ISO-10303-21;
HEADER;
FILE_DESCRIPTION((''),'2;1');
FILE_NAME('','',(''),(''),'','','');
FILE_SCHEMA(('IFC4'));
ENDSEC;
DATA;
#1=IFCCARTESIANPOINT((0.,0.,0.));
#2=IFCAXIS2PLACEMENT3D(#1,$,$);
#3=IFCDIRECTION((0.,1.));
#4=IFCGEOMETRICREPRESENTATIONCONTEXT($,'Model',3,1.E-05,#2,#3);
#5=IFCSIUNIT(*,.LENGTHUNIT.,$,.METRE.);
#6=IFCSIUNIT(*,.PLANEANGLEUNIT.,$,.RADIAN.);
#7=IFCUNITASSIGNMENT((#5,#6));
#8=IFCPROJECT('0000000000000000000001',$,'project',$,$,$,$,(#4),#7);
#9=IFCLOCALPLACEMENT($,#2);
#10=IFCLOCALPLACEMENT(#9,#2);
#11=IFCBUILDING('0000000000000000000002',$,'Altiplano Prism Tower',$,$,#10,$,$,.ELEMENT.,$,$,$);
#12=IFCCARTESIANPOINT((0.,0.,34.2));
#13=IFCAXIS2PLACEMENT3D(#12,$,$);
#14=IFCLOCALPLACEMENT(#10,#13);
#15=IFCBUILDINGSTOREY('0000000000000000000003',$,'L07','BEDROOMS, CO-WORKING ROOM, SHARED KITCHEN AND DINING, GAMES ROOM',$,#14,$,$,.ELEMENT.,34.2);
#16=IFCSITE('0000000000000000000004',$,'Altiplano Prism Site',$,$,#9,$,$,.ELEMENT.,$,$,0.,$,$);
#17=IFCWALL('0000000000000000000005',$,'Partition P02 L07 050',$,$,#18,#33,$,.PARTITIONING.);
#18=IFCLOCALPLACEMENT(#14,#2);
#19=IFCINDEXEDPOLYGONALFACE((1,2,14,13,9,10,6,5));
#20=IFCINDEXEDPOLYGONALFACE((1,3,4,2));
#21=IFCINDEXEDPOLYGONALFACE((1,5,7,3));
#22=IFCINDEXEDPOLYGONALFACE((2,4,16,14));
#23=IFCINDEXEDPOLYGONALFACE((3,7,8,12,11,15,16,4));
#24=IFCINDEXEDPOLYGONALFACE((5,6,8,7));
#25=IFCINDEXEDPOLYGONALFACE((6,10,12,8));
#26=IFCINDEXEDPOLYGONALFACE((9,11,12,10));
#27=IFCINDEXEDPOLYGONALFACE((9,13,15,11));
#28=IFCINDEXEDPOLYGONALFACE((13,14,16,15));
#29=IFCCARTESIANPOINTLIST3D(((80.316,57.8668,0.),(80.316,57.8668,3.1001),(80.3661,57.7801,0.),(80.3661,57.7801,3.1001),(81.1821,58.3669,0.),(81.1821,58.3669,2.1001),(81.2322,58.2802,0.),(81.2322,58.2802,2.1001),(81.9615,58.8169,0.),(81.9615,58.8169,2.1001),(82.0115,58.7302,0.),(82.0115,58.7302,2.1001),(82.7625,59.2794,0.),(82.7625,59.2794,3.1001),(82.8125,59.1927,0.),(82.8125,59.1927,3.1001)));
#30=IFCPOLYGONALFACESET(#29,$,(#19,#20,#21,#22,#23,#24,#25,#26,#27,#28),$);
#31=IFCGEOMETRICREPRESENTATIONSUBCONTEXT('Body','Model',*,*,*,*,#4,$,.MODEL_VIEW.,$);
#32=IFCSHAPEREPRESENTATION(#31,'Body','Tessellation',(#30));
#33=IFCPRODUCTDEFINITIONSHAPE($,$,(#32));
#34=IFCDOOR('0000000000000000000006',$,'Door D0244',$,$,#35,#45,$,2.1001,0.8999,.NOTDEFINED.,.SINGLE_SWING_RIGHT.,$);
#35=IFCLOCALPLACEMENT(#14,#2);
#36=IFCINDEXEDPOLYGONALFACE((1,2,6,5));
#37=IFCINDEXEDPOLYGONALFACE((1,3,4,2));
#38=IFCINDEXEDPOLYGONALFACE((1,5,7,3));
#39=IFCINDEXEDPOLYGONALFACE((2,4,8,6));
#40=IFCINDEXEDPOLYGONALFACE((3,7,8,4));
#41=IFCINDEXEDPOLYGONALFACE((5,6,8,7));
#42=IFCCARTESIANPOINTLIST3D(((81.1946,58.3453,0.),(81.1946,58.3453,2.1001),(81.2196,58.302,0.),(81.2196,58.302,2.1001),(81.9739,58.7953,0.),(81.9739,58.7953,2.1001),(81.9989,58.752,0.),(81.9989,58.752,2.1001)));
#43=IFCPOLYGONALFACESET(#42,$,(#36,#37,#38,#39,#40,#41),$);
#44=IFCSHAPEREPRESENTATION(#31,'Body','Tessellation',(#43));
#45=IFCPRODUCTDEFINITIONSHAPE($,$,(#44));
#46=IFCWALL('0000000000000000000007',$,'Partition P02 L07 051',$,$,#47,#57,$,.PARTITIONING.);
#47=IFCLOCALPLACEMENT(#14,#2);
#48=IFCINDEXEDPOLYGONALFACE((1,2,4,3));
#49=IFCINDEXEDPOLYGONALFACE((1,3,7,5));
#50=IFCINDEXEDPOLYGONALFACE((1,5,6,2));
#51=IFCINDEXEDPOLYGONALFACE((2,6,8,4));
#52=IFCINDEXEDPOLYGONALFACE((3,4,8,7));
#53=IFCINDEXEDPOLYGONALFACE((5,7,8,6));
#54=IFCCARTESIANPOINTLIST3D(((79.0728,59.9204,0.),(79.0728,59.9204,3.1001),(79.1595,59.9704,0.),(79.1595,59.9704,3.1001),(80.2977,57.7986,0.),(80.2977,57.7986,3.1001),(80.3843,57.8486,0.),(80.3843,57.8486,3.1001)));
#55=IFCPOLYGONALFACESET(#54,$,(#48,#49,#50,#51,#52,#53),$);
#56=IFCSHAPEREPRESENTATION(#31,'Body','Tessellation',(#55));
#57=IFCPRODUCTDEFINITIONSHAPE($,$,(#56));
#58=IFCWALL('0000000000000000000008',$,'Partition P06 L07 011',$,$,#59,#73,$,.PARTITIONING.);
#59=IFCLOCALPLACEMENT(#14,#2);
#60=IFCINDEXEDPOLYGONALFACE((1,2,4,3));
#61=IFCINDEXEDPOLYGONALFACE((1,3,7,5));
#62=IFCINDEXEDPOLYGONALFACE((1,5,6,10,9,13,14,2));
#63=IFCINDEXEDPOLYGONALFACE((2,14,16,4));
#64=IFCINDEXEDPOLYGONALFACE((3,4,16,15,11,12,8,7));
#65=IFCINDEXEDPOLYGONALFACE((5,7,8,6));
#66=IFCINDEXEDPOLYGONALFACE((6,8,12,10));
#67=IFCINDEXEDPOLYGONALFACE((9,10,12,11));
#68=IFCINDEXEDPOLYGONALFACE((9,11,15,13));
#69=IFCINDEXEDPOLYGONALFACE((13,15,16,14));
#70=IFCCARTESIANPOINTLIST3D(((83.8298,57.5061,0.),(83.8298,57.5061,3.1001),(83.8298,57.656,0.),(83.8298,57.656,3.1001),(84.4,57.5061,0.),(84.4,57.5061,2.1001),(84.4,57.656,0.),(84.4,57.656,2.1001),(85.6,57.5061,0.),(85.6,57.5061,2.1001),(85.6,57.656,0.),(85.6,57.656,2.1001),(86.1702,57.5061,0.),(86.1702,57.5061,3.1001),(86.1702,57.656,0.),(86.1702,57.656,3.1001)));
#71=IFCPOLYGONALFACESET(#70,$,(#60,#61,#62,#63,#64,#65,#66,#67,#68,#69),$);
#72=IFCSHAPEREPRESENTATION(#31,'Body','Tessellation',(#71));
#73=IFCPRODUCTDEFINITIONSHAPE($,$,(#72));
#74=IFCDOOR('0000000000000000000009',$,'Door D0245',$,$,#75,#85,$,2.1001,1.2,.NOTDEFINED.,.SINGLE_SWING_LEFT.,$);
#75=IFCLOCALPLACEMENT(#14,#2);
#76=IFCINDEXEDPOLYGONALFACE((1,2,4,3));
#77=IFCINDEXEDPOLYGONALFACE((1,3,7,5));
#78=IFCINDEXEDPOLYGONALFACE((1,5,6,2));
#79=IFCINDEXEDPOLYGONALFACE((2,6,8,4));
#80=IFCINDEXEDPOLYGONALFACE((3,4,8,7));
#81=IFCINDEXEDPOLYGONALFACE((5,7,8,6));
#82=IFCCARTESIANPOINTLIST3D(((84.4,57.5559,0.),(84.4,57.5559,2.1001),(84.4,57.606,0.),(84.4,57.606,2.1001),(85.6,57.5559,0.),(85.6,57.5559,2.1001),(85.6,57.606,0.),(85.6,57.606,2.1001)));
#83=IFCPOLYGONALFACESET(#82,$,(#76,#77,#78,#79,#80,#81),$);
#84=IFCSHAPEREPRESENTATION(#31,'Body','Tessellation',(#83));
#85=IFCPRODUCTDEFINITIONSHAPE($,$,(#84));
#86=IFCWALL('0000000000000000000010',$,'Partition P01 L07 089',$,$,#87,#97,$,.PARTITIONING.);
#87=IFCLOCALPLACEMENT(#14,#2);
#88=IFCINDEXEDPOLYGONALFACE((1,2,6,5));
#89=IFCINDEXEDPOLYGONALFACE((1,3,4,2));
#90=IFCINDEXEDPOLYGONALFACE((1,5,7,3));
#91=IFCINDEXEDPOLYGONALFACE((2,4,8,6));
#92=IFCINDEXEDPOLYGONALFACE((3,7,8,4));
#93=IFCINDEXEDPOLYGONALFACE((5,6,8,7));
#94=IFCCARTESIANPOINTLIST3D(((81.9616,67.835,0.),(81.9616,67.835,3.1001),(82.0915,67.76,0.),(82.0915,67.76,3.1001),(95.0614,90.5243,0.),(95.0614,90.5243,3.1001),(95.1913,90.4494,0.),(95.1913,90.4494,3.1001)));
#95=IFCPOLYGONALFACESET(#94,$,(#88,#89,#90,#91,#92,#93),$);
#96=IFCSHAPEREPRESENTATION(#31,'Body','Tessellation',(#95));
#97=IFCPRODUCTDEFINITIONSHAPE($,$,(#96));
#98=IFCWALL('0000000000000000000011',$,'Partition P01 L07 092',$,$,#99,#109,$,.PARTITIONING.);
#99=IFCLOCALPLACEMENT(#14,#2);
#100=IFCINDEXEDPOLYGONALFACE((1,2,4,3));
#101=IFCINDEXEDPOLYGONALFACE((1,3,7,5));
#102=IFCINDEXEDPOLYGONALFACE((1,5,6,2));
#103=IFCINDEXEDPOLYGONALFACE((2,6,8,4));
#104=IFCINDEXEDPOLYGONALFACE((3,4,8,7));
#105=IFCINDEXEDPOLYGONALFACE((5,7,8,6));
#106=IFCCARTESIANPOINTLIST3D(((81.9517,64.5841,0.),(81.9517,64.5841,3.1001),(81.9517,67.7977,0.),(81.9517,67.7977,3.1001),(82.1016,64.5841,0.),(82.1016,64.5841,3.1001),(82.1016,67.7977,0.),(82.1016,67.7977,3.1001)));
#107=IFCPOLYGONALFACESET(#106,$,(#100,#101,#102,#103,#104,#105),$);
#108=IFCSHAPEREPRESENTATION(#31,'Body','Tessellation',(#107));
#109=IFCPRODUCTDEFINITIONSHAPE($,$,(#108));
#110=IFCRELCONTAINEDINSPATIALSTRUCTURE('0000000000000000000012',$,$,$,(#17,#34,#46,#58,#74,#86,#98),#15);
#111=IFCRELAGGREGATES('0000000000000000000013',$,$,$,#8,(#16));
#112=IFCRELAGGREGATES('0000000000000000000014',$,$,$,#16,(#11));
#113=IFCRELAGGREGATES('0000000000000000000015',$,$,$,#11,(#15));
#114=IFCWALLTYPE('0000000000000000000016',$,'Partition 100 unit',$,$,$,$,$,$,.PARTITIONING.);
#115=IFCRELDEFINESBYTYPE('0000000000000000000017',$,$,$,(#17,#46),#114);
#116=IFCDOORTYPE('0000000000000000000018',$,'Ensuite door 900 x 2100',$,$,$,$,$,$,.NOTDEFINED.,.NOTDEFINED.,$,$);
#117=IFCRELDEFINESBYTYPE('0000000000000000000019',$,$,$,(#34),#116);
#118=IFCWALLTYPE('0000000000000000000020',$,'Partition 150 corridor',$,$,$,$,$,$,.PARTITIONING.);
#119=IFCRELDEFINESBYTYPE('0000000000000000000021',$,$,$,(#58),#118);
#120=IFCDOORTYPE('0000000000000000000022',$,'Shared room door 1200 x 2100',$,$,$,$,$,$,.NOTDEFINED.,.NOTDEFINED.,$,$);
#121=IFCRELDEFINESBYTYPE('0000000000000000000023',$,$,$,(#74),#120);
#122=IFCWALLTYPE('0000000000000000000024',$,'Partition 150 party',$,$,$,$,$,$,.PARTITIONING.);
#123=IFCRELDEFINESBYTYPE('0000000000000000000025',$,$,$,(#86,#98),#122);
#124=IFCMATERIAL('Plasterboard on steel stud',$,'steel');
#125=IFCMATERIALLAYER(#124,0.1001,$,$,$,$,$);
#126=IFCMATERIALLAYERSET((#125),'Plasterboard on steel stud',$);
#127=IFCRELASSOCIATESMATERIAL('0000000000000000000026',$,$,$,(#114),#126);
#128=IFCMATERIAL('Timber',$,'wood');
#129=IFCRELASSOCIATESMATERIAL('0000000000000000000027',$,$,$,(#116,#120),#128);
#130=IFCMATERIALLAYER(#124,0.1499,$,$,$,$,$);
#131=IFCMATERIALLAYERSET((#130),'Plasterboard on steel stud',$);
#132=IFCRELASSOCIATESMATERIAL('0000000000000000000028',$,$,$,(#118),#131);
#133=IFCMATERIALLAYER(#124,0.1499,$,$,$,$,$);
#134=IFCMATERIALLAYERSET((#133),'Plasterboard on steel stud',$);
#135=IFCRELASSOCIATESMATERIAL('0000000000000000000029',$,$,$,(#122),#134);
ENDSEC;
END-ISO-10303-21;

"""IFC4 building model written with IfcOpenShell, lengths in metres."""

from ifc_helpers import new_model, si_unit, direction, frame, frame_2d, origin, place, context, subcontext, project, spatial, rectangle, extrude, material, layer, layer_set, type_object, element, fill, save


model = new_model("IFC4")

# Units and contexts
model_context = context("Model", 3, precision=1e-05, world=origin(), true_north=direction((0.0, 1.0)))
body_context = subcontext(model_context, "Body", "Model", "MODEL_VIEW")
ifc_project = project(units=[si_unit("LENGTHUNIT", "METRE"), si_unit("PLANEANGLEUNIT", "RADIAN")], contexts=[model_context])

# Site, building, storey
site_placement = place(None, origin())
site = spatial("IfcSite", under=ifc_project, at=site_placement, Name="Altiplano Prism Site", CompositionType="ELEMENT", RefElevation=0.0)
building_placement = place(site_placement, origin())
building = spatial("IfcBuilding", under=site, at=building_placement, Name="Altiplano Prism Tower", CompositionType="ELEMENT")
storey_placement = place(building_placement, frame((0.0, 0.0, 34.2)))
storey = spatial("IfcBuildingStorey", under=building, at=storey_placement, Name="L07", Description="BEDROOMS, CO-WORKING ROOM, SHARED KITCHEN AND DINING, GAMES ROOM", CompositionType="ELEMENT", Elevation=34.2)

# Wall, opening, door
ifc_material_1 = material(Name="Plasterboard on steel stud", Category="steel")
ifc_layer_1 = layer(ifc_material_1, 0.1001)
ifc_layer_set_1 = layer_set([ifc_layer_1], Name="Plasterboard on steel stud")
wall_type_1 = type_object("IfcWallType", Name="Partition 100 unit", PredefinedType="PARTITIONING", material=ifc_layer_set_1)
wall_1_placement = place(storey_placement, frame((82.7876, 59.2361, 0.0), z_axis=(0.0, 0.0, 1.0), x_axis=(-0.866011, -0.500024, 0.0)))
wall_1 = element("IfcWall", 1, at=wall_1_placement, inside=storey, type_object=wall_type_1, Name="Partition P02 L07 050", PredefinedType="PARTITIONING", context=body_context, shape_type="SweptSolid", body=[
    extrude(rectangle(XDim=2.825, YDim=0.1001, at=frame_2d((1.4126, 0.0))), origin(), (0.0, 0.0, 1.0), 3.1001),
])
opening_1_placement = place(wall_1_placement, frame((0.925, 0.0, 0.0)))
opening_1 = element("IfcOpeningElement", 2, at=opening_1_placement, cuts=wall_1, PredefinedType="OPENING", context=body_context, shape_type="SweptSolid", body=[
    extrude(rectangle(XDim=0.8999, YDim=2.1001, at=frame_2d((0.45, 1.05))), frame((0.0, 0.0605, 0.0), z_axis=(0.0, -1.0, 0.0), x_axis=(1.0, 0.0, 0.0)), (0.0, 0.0, 1.0), 0.1211),
])
ifc_material_2 = material(Name="Timber", Category="wood")
door_type_1 = type_object("IfcDoorType", Name="Ensuite door 900 x 2100", OperationType="NOTDEFINED", PredefinedType="NOTDEFINED", material=ifc_material_2)
door_1_placement = place(opening_1_placement, origin())
door_1 = element("IfcDoor", 3, at=door_1_placement, inside=storey, type_object=door_type_1, Name="Door D0244", OperationType="SINGLE_SWING_RIGHT", OverallHeight=2.1001, OverallWidth=0.8999, PredefinedType="NOTDEFINED", context=body_context, shape_type="SweptSolid", body=[
    extrude(rectangle(XDim=0.8999, YDim=2.1001, at=frame_2d((0.45, 1.05))), frame((0.0, 0.0249, 0.0), z_axis=(0.0, -1.0, 0.0), x_axis=(1.0, 0.0, 0.0)), (0.0, 0.0, 1.0), 0.05),
])
fill(opening_1, door_1)

# Wall
wall_2_placement = place(storey_placement, frame((80.3411, 57.8235, 0.0), z_axis=(0.0, 0.0, 1.0), x_axis=(-0.499944, 0.866058, 0.0)))
element("IfcWall", 4, at=wall_2_placement, inside=storey, type_object=wall_type_1, Name="Partition P02 L07 051", PredefinedType="PARTITIONING", context=body_context, shape_type="SweptSolid", body=[
    extrude(rectangle(XDim=2.45, YDim=0.1001, at=frame_2d((1.2251, 0.0))), origin(), (0.0, 0.0, 1.0), 3.1001),
])

# Wall, opening, door
ifc_layer_2 = layer(ifc_material_1, 0.1499)
ifc_layer_set_2 = layer_set([ifc_layer_2], Name="Plasterboard on steel stud")
wall_type_2 = type_object("IfcWallType", Name="Partition 150 corridor", PredefinedType="PARTITIONING", material=ifc_layer_set_2)
wall_3_placement = place(storey_placement, frame((83.8298, 57.5811, 0.0), z_axis=(0.0, 0.0, 1.0), x_axis=(1.0, 0.0, 0.0)))
wall_3 = element("IfcWall", 5, at=wall_3_placement, inside=storey, type_object=wall_type_2, Name="Partition P06 L07 011", PredefinedType="PARTITIONING", context=body_context, shape_type="SweptSolid", body=[
    extrude(rectangle(XDim=2.3403, YDim=0.1499, at=frame_2d((1.1702, 0.0))), origin(), (0.0, 0.0, 1.0), 3.1001),
])
opening_2_placement = place(wall_3_placement, frame((0.5701, 0.0, 0.0)))
opening_2 = element("IfcOpeningElement", 6, at=opening_2_placement, cuts=wall_3, PredefinedType="OPENING", context=body_context, shape_type="SweptSolid", body=[
    extrude(rectangle(XDim=1.2, YDim=2.1001, at=frame_2d((0.6001, 1.05))), frame((0.0, 0.0854, 0.0), z_axis=(0.0, -1.0, 0.0), x_axis=(1.0, 0.0, 0.0)), (0.0, 0.0, 1.0), 0.1709),
])
door_type_2 = type_object("IfcDoorType", Name="Shared room door 1200 x 2100", OperationType="NOTDEFINED", PredefinedType="NOTDEFINED", material=ifc_material_2)
door_2_placement = place(opening_2_placement, origin())
door_2 = element("IfcDoor", 7, at=door_2_placement, inside=storey, type_object=door_type_2, Name="Door D0245", OperationType="SINGLE_SWING_LEFT", OverallHeight=2.1001, OverallWidth=1.2, PredefinedType="NOTDEFINED", context=body_context, shape_type="SweptSolid", body=[
    extrude(rectangle(XDim=1.2, YDim=2.1001, at=frame_2d((0.6001, 1.05))), frame((0.0, 0.0249, 0.0), z_axis=(0.0, -1.0, 0.0), x_axis=(1.0, 0.0, 0.0)), (0.0, 0.0, 1.0), 0.05),
])
fill(opening_2, door_2)

# Walls
ifc_layer_3 = layer(ifc_material_1, 0.1499)
ifc_layer_set_3 = layer_set([ifc_layer_3], Name="Plasterboard on steel stud")
wall_type_3 = type_object("IfcWallType", Name="Partition 150 party", PredefinedType="PARTITIONING", material=ifc_layer_set_3)
wall_4_placement = place(storey_placement, frame((82.0266, 67.7976, 0.0), z_axis=(0.0, 0.0, 1.0), x_axis=(0.500003, 0.866024, 0.0)))
element("IfcWall", 8, at=wall_4_placement, inside=storey, type_object=wall_type_3, Name="Partition P01 L07 089", PredefinedType="PARTITIONING", context=body_context, shape_type="SweptSolid", body=[
    extrude(rectangle(XDim=26.1995, YDim=0.1499, at=frame_2d((13.0996, 0.0))), origin(), (0.0, 0.0, 1.0), 3.1001),
])
wall_5_placement = place(storey_placement, frame((82.0266, 64.584, 0.0), z_axis=(0.0, 0.0, 1.0), x_axis=(0.0, 1.0, 0.0)))
element("IfcWall", 9, at=wall_5_placement, inside=storey, type_object=wall_type_3, Name="Partition P01 L07 092", PredefinedType="PARTITIONING", context=body_context, shape_type="SweptSolid", body=[
    extrude(rectangle(XDim=3.2136, YDim=0.1499, at=frame_2d((1.6069, 0.0))), origin(), (0.0, 0.0, 1.0), 3.1001),
])

save(model, "model.ifc")
